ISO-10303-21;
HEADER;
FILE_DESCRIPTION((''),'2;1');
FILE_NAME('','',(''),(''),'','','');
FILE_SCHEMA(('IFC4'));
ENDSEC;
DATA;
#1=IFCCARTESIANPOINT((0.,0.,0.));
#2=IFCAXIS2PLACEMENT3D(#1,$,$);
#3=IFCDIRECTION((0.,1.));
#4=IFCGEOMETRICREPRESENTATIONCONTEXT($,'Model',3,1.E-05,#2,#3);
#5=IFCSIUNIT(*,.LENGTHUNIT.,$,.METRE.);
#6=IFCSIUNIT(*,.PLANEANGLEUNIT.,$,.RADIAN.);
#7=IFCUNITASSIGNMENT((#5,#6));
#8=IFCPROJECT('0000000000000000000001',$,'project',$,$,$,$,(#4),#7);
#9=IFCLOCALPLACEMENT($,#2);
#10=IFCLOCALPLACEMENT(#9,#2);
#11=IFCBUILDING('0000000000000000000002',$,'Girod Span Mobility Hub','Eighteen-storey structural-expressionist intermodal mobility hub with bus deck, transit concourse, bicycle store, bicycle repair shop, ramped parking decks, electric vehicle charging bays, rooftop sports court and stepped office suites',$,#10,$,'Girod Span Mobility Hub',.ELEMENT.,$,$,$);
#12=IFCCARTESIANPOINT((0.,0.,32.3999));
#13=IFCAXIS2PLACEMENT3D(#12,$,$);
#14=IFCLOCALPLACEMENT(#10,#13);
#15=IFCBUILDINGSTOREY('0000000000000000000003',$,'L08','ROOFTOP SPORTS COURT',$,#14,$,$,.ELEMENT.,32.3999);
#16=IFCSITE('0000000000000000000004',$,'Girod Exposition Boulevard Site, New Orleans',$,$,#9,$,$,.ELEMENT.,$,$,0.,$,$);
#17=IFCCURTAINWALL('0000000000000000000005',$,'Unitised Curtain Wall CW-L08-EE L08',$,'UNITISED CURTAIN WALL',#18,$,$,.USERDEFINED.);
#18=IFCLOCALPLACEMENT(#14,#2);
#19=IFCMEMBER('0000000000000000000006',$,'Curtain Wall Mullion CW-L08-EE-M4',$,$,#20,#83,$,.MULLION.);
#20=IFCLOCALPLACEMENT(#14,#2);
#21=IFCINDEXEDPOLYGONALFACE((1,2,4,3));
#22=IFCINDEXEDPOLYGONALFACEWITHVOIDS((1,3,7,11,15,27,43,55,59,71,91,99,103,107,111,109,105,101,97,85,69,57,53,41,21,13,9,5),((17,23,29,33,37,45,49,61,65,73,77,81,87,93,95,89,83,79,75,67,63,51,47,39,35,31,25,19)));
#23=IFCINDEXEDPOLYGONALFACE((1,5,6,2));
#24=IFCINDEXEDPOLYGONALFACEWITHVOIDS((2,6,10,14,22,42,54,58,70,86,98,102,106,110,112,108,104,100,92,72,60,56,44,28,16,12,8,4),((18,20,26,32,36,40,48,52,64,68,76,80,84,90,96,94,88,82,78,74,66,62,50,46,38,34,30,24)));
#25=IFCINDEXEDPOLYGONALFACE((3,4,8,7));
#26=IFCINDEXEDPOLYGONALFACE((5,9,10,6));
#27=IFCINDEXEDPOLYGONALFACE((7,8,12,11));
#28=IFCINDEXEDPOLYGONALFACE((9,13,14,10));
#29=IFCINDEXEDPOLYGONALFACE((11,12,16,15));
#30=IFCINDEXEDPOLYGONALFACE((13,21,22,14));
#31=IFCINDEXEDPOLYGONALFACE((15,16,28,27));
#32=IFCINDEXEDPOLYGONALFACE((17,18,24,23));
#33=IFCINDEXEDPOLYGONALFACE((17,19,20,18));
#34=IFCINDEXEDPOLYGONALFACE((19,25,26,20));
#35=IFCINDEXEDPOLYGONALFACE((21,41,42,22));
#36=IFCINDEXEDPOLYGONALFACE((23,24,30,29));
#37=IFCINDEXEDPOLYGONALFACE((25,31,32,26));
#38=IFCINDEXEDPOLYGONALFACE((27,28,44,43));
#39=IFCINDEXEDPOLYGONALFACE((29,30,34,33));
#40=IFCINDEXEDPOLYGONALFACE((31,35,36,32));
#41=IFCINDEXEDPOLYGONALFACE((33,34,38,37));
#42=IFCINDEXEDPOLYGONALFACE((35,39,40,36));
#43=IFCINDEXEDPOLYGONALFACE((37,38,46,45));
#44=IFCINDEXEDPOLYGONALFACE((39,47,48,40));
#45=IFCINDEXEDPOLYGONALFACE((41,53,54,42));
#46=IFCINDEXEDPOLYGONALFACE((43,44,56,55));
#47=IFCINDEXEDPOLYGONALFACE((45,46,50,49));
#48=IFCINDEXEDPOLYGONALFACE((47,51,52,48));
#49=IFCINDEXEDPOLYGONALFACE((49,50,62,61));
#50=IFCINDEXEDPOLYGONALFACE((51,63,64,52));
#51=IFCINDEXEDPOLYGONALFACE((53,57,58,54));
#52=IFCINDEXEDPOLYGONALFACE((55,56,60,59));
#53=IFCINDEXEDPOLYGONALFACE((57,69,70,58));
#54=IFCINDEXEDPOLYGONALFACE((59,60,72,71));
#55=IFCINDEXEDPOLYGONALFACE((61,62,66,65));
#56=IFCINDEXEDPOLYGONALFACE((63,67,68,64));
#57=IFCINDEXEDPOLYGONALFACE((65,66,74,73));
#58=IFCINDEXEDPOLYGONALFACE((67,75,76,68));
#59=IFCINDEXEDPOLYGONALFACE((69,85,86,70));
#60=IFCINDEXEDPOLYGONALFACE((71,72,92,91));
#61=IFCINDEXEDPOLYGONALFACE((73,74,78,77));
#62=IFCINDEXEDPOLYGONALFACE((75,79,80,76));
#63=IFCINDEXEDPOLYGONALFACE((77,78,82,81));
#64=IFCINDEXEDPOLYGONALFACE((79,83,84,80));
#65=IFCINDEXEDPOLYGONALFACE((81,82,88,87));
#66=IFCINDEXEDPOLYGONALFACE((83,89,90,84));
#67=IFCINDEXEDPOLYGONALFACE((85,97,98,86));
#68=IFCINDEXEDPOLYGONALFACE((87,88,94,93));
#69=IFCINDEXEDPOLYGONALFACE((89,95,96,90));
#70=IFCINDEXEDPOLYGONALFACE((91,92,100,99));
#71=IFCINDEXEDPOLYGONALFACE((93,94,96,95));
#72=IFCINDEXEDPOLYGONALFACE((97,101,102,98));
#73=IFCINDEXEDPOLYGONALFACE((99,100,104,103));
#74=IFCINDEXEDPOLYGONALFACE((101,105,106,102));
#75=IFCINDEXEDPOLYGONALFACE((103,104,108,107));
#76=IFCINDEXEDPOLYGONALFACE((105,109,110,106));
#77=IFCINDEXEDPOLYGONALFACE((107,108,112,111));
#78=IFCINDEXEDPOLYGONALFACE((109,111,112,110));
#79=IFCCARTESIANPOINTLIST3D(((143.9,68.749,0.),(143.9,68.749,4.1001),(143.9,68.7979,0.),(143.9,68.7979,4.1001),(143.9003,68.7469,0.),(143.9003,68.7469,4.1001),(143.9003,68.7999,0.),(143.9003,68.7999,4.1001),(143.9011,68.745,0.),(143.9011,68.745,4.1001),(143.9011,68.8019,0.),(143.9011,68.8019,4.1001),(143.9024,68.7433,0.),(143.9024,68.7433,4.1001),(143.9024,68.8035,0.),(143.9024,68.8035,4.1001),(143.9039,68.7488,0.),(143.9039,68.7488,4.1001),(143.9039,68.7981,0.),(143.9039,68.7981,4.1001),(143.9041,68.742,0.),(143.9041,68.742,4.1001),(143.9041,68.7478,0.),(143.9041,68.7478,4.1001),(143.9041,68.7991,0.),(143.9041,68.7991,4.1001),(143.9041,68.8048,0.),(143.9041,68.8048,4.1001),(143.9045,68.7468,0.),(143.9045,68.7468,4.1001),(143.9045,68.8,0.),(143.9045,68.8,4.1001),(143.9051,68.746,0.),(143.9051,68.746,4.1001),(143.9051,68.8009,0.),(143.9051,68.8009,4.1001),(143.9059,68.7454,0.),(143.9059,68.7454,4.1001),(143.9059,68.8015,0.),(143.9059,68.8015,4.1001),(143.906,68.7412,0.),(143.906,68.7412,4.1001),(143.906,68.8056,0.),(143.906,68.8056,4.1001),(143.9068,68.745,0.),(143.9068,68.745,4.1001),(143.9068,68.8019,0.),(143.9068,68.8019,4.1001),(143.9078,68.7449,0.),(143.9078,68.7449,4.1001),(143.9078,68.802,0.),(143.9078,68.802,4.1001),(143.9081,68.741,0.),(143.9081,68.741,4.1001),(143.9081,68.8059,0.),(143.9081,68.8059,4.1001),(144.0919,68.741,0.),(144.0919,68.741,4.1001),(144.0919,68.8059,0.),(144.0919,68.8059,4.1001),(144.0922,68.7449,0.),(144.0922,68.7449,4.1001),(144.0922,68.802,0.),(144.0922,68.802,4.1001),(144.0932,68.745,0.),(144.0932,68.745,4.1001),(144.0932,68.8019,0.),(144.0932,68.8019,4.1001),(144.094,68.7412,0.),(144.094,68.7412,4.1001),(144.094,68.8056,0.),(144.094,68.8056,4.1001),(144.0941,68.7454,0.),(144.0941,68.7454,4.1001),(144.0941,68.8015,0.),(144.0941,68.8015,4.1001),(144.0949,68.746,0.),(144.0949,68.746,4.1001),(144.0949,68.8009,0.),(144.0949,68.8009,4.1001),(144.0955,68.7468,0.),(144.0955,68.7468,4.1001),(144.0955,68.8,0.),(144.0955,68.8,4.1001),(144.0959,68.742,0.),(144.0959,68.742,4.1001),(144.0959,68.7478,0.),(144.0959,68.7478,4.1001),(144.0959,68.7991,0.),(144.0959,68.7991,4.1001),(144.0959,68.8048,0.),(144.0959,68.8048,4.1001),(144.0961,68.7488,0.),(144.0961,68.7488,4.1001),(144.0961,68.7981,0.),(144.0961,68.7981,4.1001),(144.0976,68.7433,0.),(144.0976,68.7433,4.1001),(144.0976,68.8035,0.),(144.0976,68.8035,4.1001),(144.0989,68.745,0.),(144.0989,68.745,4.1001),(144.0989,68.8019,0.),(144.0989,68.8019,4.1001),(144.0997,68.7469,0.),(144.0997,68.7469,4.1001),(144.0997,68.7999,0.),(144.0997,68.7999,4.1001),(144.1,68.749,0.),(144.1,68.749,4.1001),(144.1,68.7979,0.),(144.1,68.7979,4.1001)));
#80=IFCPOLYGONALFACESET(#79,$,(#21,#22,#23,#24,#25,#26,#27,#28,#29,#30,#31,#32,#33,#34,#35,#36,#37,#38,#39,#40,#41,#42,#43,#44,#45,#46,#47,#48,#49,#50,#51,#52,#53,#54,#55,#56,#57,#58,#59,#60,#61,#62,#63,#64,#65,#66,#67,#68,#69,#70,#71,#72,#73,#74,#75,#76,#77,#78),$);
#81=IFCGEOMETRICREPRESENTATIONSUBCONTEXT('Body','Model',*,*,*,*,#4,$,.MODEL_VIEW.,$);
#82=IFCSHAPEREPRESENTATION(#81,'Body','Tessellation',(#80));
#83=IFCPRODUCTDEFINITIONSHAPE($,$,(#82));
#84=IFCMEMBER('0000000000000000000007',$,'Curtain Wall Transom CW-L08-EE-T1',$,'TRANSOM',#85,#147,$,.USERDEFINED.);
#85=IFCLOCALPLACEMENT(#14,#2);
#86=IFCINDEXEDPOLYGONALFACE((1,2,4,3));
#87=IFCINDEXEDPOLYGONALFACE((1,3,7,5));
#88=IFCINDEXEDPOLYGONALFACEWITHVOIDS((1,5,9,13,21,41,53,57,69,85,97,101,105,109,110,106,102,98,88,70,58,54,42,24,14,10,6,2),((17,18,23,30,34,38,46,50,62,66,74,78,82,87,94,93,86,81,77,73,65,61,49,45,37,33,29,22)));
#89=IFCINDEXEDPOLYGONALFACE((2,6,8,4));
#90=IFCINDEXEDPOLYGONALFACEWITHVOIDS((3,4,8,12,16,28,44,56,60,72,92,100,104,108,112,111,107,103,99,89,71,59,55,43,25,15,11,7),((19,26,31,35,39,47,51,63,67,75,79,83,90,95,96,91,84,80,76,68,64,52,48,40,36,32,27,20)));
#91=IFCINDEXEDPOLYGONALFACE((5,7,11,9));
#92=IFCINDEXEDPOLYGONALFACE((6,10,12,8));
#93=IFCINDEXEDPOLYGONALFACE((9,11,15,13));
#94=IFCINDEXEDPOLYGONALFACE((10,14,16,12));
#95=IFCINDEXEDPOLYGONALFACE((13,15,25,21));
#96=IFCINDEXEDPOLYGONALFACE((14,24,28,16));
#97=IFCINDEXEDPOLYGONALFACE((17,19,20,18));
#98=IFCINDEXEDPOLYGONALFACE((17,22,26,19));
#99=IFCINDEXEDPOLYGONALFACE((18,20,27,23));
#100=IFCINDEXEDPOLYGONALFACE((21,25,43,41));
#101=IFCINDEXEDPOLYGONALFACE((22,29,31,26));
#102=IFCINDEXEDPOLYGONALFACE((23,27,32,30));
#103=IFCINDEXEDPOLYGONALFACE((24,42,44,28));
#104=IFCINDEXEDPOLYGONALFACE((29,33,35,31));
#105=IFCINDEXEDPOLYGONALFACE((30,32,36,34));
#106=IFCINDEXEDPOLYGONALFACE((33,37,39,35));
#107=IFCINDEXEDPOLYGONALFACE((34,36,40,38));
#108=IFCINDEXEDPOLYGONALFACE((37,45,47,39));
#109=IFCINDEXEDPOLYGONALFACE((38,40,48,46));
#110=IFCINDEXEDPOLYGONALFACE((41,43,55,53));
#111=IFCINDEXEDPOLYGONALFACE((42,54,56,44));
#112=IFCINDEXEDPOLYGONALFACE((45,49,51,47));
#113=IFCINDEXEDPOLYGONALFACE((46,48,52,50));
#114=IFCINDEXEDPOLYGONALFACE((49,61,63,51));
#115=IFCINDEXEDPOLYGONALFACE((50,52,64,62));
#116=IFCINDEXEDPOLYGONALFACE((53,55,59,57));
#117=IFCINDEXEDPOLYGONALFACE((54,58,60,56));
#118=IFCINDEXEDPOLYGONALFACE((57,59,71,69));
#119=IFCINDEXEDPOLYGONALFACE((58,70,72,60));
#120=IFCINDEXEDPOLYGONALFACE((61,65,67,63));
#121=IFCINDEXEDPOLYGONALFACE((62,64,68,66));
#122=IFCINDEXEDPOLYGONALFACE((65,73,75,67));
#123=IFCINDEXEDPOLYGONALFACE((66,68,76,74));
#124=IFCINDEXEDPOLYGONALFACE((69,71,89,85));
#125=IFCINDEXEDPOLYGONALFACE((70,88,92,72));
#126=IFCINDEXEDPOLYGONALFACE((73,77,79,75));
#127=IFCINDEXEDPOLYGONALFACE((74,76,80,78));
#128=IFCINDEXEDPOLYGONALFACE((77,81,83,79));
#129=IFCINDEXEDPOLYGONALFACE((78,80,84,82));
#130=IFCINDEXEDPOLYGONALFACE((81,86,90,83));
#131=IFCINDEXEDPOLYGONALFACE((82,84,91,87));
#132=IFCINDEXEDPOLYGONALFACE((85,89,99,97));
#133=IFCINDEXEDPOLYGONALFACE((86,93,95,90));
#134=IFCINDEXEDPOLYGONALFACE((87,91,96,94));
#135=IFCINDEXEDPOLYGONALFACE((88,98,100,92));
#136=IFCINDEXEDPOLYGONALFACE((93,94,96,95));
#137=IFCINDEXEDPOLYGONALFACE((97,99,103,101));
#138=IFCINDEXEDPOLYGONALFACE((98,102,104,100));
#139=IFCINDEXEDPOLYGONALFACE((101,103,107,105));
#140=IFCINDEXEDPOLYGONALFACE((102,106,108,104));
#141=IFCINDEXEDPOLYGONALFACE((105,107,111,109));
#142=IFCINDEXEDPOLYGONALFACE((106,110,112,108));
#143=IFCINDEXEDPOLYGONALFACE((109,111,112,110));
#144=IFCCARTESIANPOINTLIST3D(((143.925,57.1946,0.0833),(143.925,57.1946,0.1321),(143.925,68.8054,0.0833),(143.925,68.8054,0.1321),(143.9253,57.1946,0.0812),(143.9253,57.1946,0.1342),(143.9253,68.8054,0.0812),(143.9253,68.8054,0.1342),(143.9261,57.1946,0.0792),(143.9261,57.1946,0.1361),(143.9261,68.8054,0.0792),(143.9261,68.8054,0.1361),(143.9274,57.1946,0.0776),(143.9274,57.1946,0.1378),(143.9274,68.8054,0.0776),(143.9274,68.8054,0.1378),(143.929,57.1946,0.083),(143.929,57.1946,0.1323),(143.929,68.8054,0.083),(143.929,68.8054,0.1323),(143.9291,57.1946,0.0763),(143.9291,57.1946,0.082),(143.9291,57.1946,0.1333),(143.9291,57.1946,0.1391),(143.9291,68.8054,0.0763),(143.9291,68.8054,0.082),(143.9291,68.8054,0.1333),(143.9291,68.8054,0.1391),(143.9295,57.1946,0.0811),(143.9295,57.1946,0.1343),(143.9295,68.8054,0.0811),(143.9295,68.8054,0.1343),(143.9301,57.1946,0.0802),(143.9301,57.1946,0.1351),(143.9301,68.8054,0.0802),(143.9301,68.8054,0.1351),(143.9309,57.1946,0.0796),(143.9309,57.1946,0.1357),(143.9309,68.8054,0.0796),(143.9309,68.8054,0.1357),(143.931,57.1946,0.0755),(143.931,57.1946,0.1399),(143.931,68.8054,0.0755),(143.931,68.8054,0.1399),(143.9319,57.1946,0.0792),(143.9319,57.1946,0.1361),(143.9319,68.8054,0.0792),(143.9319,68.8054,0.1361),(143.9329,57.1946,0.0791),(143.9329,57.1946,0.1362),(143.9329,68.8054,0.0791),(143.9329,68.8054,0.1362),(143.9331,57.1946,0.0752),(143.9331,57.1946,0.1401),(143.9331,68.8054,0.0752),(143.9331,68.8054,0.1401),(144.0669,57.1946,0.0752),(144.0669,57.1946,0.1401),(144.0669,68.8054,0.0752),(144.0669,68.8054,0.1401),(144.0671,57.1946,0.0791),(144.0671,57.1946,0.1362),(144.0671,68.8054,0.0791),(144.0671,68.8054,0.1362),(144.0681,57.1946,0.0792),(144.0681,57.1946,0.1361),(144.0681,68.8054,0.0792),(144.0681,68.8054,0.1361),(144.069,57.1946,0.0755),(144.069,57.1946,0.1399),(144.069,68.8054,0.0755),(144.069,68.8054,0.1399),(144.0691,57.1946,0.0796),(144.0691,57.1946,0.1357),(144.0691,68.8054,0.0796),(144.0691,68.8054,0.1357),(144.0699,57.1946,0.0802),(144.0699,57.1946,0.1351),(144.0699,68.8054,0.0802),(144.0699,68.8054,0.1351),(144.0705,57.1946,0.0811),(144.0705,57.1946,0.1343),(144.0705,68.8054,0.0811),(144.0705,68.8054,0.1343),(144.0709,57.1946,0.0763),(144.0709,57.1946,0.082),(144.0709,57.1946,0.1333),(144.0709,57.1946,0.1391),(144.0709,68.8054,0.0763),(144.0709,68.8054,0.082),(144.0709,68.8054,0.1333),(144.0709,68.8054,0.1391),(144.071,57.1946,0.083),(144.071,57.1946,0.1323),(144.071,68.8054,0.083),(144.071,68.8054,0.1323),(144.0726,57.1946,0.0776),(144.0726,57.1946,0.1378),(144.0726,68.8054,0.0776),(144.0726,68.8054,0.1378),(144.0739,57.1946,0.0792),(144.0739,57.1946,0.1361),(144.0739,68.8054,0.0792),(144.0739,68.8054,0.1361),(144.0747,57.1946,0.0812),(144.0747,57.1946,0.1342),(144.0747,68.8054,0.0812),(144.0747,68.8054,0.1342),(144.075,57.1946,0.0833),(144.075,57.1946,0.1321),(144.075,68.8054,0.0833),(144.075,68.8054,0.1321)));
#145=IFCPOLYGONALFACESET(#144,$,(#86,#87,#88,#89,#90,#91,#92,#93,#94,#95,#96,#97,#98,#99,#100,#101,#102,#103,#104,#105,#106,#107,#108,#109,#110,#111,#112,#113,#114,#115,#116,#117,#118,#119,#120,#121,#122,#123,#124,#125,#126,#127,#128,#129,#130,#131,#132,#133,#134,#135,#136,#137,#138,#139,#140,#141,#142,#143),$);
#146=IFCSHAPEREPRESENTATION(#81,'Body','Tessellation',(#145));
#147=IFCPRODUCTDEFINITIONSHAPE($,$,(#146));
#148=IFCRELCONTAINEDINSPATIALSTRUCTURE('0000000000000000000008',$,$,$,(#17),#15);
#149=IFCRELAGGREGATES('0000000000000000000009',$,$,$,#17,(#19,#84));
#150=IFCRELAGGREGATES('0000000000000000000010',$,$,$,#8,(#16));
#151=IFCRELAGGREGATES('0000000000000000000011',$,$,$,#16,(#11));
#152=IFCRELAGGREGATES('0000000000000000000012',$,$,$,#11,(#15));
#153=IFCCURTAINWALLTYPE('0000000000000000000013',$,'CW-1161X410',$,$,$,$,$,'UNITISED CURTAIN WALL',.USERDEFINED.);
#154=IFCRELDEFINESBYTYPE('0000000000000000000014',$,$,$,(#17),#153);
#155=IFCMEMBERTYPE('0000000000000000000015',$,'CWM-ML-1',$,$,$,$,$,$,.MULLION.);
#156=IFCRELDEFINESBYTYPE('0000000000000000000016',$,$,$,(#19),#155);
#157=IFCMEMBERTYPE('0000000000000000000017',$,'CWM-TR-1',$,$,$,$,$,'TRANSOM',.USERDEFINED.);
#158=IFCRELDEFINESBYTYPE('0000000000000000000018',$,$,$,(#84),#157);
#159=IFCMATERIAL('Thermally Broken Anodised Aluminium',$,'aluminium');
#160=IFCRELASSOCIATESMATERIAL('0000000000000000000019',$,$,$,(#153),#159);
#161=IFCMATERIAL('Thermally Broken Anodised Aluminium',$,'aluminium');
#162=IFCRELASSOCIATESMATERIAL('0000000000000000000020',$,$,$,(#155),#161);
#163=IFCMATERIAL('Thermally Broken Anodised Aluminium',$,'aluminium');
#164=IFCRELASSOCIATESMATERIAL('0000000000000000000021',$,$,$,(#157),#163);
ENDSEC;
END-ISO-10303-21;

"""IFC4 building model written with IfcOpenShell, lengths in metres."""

from ifc_helpers import new_model, si_unit, direction, frame, origin, origin_2d, place, context, subcontext, project, spatial, hollow_rectangle, extrude, material, material_profile, profile_set, type_object, element, aggregate, save


model = new_model("IFC4")

# Units and contexts
model_context = context("Model", 3, precision=1e-05, world=origin(), true_north=direction((0.0, 1.0)))
body_context = subcontext(model_context, "Body", "Model", "MODEL_VIEW")
ifc_project = project(units=[si_unit("LENGTHUNIT", "METRE"), si_unit("PLANEANGLEUNIT", "RADIAN")], contexts=[model_context])

# Site, building, storey
site_placement = place(None, origin())
site = spatial("IfcSite", under=ifc_project, at=site_placement, Name="Girod Exposition Boulevard Site, New Orleans", CompositionType="ELEMENT", RefElevation=0.0)
building_placement = place(site_placement, origin())
building = spatial("IfcBuilding", under=site, at=building_placement, Name="Girod Span Mobility Hub", Description="Eighteen-storey structural-expressionist intermodal mobility hub with bus deck, transit concourse, bicycle store, bicycle repair shop, ramped parking decks, electric vehicle charging bays, rooftop sports court and stepped office suites", LongName="Girod Span Mobility Hub", CompositionType="ELEMENT")
storey_placement = place(building_placement, frame((0.0, 0.0, 32.3999)))
storey = spatial("IfcBuildingStorey", under=building, at=storey_placement, Name="L08", Description="ROOFTOP SPORTS COURT", CompositionType="ELEMENT", Elevation=32.3999)

# Shared definitions
ifc_material_1 = material(Name="Thermally Broken Anodised Aluminium", Category="aluminium")
curtain_wall_type = type_object("IfcCurtainWallType", Name="CW-1161X410", ElementType="UNITISED CURTAIN WALL", PredefinedType="USERDEFINED", material=ifc_material_1)
ifc_material_2 = material(Name="Thermally Broken Anodised Aluminium", Category="aluminium")
ifc_material_profile_1 = material_profile(ifc_material_2, hollow_rectangle(XDim=0.2, YDim=0.0649, WallThickness=0.0039, InnerFilletRadius=0.0039, OuterFilletRadius=0.0081, at=origin_2d()), Name="CW-ML-65X200")
ifc_profile_set_1 = profile_set([ifc_material_profile_1], Name="Thermally Broken Anodised Aluminium")
member_type_1 = type_object("IfcMemberType", Name="CWM-ML-1", PredefinedType="MULLION", material=ifc_profile_set_1)

# Curtain wall, members
curtain_wall_1_placement = place(storey_placement, origin())
curtain_wall_1 = element("IfcCurtainWall", 1, at=curtain_wall_1_placement, inside=storey, type_object=curtain_wall_type, Name="Unitised Curtain Wall CW-L08-EE L08", ObjectType="UNITISED CURTAIN WALL", PredefinedType="USERDEFINED")
member_1_placement = place(storey_placement, frame((144.0, 68.7734, 0.0), z_axis=(0.0, 0.0, 1.0), x_axis=(1.0, 0.0, 0.0)))
member_1 = element("IfcMember", 2, at=member_1_placement, type_object=member_type_1, Name="Curtain Wall Mullion CW-L08-EE-M4", PredefinedType="MULLION", context=body_context, shape_type="SweptSolid", body=[
    extrude(hollow_rectangle(XDim=0.2, YDim=0.0649, WallThickness=0.0039, InnerFilletRadius=0.0039, OuterFilletRadius=0.0081, at=origin_2d()), origin(), (0.0, 0.0, 1.0), 4.1001),
])
ifc_material_3 = material(Name="Thermally Broken Anodised Aluminium", Category="aluminium")
ifc_material_profile_2 = material_profile(ifc_material_3, hollow_rectangle(XDim=0.1499, YDim=0.0649, WallThickness=0.0039, InnerFilletRadius=0.0039, OuterFilletRadius=0.0081, at=origin_2d()), Name="CW-TR-65X150")
ifc_profile_set_2 = profile_set([ifc_material_profile_2], Name="Thermally Broken Anodised Aluminium")
member_type_2 = type_object("IfcMemberType", Name="CWM-TR-1", ElementType="TRANSOM", PredefinedType="USERDEFINED", material=ifc_profile_set_2)
member_2_placement = place(storey_placement, frame((144.0, 57.1946, 0.1077), z_axis=(0.0, 1.0, 0.0), x_axis=(-1.0, 0.0, 0.0)))
member_2 = element("IfcMember", 3, at=member_2_placement, type_object=member_type_2, Name="Curtain Wall Transom CW-L08-EE-T1", ObjectType="TRANSOM", PredefinedType="USERDEFINED", context=body_context, shape_type="SweptSolid", body=[
    extrude(hollow_rectangle(XDim=0.1499, YDim=0.0649, WallThickness=0.0039, InnerFilletRadius=0.0039, OuterFilletRadius=0.0081, at=origin_2d()), origin(), (0.0, 0.0, 1.0), 11.6108),
])

aggregate(curtain_wall_1, [member_1, member_2])

save(model, "model.ifc")
